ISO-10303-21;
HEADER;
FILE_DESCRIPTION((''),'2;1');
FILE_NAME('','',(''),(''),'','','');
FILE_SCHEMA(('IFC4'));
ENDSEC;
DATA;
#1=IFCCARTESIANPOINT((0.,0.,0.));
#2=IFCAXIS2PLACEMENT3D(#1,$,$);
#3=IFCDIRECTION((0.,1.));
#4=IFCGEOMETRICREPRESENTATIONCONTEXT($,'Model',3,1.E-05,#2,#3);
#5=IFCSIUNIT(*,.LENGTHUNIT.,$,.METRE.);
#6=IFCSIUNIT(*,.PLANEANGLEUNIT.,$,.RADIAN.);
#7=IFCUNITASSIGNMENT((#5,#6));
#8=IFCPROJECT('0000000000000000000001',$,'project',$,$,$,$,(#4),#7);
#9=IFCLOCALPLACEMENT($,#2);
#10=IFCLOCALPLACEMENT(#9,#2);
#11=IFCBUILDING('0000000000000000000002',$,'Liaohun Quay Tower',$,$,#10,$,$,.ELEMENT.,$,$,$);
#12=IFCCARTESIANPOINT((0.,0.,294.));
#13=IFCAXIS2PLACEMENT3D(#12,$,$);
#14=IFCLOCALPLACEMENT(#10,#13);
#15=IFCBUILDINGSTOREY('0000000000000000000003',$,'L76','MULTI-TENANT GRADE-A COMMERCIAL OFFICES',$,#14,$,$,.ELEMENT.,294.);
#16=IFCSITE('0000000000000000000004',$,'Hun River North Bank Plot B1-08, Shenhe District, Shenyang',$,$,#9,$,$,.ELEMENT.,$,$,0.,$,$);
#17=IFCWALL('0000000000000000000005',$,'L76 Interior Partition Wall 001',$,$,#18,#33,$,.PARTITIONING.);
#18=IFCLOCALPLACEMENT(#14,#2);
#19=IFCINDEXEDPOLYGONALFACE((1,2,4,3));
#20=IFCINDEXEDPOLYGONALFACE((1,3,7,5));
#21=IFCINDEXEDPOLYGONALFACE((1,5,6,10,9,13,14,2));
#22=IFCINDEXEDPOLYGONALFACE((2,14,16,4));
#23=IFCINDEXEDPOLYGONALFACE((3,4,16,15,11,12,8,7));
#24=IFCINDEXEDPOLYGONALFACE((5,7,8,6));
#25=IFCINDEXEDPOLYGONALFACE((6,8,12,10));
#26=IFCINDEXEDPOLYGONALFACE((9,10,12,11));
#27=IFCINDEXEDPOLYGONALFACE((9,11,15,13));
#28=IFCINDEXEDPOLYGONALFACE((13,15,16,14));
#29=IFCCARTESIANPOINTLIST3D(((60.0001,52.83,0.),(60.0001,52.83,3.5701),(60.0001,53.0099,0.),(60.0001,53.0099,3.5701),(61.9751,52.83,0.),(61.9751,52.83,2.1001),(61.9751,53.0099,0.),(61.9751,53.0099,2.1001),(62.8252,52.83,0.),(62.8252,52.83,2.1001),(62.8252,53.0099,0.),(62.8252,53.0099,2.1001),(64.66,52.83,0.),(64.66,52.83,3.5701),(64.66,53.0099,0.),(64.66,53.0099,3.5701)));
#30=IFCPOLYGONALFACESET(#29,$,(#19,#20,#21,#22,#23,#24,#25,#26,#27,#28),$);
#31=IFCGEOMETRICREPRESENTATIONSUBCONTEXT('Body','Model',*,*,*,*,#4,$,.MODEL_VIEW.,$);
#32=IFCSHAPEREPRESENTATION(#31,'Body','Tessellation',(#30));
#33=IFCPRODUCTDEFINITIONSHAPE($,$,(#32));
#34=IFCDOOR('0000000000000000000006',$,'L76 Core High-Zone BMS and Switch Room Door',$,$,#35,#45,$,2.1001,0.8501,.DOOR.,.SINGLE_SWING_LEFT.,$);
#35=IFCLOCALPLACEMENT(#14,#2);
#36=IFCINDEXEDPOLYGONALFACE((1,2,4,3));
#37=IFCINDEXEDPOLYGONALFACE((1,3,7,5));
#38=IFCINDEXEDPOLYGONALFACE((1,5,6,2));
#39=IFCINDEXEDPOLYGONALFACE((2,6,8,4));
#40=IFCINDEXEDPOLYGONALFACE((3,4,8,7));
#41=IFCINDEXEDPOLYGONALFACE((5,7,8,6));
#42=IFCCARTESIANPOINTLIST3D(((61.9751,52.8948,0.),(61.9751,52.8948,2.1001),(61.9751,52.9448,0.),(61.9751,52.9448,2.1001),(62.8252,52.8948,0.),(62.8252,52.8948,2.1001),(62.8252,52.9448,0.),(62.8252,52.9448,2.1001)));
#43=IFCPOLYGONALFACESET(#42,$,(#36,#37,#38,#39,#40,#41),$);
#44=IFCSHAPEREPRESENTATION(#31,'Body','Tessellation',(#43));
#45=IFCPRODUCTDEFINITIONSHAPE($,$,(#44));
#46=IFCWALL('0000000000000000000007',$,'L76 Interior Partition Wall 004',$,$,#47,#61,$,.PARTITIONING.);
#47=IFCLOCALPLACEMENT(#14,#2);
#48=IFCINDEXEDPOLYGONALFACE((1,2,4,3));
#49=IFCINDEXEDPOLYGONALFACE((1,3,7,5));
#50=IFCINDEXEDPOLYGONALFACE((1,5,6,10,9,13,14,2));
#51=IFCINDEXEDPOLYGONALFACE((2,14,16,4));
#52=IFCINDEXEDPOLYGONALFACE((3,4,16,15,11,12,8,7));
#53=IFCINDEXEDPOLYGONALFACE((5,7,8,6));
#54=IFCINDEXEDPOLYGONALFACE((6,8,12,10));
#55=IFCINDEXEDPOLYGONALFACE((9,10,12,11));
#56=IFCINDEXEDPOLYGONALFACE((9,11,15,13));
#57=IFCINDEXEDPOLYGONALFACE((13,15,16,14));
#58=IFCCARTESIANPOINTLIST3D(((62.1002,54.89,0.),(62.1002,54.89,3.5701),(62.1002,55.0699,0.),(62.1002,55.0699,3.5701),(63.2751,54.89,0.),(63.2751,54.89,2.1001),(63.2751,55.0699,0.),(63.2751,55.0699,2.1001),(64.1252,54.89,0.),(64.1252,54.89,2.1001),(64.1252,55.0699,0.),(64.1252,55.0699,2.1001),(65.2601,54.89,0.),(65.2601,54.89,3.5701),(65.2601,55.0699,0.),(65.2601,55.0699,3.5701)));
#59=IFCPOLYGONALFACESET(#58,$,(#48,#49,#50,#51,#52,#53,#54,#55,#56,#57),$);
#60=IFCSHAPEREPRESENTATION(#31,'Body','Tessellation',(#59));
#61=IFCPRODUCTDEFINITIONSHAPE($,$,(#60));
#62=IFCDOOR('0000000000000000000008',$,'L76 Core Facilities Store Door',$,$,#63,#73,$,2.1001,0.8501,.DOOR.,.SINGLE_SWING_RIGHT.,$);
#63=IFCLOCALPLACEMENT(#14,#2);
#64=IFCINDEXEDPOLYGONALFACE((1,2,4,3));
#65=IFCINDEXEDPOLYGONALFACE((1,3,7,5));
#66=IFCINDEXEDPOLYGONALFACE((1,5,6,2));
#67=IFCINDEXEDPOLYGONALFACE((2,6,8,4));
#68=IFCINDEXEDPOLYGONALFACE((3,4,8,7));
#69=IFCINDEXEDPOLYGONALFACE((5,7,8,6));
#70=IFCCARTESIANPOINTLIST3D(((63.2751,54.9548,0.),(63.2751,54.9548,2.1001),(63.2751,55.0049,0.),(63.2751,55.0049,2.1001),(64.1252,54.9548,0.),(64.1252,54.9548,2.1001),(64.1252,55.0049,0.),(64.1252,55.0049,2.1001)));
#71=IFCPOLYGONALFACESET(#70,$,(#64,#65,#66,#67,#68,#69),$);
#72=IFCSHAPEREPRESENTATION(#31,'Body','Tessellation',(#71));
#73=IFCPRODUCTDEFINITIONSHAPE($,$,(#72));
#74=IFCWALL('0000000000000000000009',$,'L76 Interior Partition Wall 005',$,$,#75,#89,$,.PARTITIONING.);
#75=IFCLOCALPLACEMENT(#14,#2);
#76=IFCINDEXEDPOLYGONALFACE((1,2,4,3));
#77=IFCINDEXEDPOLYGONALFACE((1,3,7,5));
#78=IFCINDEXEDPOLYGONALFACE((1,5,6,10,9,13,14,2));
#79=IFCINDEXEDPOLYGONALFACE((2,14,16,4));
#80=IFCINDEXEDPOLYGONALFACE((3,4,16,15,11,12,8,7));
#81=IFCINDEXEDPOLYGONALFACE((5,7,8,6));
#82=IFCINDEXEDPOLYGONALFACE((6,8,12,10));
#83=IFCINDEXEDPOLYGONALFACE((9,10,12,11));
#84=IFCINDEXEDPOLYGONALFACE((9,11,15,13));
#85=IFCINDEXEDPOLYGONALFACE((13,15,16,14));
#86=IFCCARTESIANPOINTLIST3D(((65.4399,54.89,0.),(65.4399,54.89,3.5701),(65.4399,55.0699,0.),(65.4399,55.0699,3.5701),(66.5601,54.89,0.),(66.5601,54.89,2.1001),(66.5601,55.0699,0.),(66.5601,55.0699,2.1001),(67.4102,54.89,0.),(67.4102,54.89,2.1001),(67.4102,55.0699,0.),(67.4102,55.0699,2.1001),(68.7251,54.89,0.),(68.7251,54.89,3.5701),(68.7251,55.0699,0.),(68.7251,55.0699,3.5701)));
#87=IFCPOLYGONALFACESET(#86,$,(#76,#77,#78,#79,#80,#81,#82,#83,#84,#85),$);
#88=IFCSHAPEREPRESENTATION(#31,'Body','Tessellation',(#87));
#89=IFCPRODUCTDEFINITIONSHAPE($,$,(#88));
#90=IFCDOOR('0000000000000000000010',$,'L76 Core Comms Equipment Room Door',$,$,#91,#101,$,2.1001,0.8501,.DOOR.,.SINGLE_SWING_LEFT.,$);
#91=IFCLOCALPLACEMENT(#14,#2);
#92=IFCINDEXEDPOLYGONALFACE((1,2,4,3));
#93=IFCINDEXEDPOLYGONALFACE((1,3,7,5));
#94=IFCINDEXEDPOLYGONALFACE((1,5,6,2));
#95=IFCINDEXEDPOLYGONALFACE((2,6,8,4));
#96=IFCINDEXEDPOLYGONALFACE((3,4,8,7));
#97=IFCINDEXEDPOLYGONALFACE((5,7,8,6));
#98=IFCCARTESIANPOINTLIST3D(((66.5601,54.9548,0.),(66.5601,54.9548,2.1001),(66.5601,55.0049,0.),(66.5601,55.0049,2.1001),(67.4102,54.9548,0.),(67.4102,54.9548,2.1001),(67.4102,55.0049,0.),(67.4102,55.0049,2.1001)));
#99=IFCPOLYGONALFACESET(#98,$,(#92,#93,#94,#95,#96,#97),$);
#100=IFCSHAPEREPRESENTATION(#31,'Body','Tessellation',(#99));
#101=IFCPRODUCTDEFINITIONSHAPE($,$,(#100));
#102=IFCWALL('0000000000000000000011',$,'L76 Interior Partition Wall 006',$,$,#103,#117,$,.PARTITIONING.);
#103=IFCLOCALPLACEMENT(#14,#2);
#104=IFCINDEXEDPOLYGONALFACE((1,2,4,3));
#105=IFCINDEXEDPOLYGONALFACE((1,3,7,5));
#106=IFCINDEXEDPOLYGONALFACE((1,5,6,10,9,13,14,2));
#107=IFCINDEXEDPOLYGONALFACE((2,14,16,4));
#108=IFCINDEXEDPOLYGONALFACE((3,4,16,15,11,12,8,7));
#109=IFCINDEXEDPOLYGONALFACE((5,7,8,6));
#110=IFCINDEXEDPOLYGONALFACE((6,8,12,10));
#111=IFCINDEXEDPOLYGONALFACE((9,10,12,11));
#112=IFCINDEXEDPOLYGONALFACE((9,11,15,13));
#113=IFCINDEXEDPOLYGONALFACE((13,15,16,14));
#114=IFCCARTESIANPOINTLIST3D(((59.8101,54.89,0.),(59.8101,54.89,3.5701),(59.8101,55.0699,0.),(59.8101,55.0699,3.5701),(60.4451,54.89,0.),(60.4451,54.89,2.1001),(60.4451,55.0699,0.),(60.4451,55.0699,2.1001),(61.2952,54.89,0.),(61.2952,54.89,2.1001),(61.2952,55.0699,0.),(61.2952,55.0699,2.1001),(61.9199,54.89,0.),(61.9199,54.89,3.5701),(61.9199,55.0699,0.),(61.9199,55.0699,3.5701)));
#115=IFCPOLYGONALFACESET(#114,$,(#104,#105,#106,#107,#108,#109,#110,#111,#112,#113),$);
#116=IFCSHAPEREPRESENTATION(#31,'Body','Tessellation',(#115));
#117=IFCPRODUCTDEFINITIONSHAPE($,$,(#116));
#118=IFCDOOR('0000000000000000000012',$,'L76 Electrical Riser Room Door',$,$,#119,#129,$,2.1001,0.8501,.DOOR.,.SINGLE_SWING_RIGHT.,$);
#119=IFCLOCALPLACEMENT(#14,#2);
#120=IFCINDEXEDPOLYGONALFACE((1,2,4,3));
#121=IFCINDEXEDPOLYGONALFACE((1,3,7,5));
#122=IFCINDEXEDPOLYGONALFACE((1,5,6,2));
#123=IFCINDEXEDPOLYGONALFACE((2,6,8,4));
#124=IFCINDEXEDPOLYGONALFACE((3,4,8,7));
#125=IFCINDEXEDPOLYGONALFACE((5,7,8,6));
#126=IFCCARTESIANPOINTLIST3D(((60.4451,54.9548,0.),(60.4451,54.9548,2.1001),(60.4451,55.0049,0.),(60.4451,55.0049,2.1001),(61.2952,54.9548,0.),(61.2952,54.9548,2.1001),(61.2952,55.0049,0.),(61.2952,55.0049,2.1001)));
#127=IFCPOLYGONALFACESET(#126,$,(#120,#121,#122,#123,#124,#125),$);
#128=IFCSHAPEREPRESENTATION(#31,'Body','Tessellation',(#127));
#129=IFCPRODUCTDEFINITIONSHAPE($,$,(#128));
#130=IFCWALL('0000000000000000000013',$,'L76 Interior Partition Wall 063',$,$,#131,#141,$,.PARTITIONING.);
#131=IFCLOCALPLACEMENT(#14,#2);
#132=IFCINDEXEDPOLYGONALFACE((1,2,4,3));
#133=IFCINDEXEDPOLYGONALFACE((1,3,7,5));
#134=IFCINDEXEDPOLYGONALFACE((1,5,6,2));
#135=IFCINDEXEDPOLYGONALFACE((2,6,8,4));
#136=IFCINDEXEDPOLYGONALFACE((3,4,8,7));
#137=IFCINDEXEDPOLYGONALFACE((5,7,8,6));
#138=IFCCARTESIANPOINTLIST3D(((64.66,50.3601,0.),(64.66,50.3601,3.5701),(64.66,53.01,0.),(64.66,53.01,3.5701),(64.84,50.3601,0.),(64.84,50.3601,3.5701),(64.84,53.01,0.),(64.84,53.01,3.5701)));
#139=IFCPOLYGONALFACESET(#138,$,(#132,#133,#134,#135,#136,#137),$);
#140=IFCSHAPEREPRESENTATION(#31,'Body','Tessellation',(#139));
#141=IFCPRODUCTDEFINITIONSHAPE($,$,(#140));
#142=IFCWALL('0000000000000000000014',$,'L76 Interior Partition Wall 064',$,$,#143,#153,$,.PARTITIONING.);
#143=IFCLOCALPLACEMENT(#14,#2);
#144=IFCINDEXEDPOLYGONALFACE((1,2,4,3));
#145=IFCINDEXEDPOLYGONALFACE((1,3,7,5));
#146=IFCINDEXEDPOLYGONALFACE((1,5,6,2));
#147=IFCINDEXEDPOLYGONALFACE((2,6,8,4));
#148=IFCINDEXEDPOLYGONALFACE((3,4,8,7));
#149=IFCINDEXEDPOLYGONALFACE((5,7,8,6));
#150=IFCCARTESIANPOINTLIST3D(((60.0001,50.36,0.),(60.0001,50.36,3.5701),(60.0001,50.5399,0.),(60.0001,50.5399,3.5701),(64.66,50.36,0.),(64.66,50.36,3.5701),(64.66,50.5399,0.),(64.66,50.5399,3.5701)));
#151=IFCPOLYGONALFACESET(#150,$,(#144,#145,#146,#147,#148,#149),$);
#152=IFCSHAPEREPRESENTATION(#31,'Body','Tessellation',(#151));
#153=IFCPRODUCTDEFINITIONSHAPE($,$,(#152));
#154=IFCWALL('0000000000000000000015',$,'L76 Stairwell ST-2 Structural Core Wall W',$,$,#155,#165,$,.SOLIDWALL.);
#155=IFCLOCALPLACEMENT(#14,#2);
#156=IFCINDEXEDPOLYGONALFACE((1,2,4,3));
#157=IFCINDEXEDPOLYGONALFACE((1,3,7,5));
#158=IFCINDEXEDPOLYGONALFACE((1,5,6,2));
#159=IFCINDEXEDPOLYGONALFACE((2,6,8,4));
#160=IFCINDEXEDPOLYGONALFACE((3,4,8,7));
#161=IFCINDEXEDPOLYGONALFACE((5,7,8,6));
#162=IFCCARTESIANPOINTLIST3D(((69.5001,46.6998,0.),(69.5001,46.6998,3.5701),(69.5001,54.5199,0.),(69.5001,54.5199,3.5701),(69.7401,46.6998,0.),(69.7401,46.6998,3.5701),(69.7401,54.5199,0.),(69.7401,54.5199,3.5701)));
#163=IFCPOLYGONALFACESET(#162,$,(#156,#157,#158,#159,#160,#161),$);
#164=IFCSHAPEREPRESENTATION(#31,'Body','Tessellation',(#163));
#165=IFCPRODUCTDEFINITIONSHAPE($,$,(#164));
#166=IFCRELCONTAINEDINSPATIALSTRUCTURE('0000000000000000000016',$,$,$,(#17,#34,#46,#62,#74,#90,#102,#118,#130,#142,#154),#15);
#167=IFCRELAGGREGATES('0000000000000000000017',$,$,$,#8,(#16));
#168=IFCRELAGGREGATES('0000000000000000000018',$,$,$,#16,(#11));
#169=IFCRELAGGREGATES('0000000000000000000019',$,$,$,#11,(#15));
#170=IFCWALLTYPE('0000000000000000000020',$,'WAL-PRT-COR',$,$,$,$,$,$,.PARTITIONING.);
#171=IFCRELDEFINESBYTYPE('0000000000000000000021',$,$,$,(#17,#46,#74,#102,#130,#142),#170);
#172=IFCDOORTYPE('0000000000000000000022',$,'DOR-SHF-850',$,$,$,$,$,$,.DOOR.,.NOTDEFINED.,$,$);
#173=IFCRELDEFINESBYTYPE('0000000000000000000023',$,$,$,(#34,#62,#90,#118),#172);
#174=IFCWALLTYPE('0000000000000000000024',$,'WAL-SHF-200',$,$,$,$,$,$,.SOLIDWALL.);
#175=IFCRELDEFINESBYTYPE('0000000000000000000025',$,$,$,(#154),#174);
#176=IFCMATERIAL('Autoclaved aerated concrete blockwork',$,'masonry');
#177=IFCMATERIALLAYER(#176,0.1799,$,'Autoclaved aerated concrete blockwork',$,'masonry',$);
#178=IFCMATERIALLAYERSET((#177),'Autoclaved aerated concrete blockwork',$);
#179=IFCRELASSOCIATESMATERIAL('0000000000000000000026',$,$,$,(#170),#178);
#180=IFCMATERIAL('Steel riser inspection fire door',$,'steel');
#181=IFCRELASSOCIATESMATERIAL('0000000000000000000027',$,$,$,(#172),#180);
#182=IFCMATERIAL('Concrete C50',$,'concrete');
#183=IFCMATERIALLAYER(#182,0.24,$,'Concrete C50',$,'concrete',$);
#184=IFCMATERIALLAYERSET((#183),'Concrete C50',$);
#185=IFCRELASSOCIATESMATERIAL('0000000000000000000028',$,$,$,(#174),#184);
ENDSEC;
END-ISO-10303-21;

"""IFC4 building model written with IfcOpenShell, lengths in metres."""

from ifc_helpers import new_model, si_unit, direction, frame, frame_2d, origin, place, context, subcontext, project, spatial, rectangle, extrude, source, transform, mapped, material, layer, layer_set, type_object, element, fill, save


model = new_model("IFC4")

# Units and contexts
model_context = context("Model", 3, precision=1e-05, world=origin(), true_north=direction((0.0, 1.0)))
body_context = subcontext(model_context, "Body", "Model", "MODEL_VIEW")
ifc_project = project(units=[si_unit("LENGTHUNIT", "METRE"), si_unit("PLANEANGLEUNIT", "RADIAN")], contexts=[model_context])

# Site, building, storey
site_placement = place(None, origin())
site = spatial("IfcSite", under=ifc_project, at=site_placement, Name="Hun River North Bank Plot B1-08, Shenhe District, Shenyang", CompositionType="ELEMENT", RefElevation=0.0)
building_placement = place(site_placement, origin())
building = spatial("IfcBuilding", under=site, at=building_placement, Name="Liaohun Quay Tower", CompositionType="ELEMENT")
storey_placement = place(building_placement, frame((0.0, 0.0, 294.0)))
storey = spatial("IfcBuildingStorey", under=building, at=storey_placement, Name="L76", Description="MULTI-TENANT GRADE-A COMMERCIAL OFFICES", CompositionType="ELEMENT", Elevation=294.0)

# Walls, openings, doors
ifc_material_1 = material(Name="Autoclaved aerated concrete blockwork", Category="masonry")
ifc_layer_1 = layer(ifc_material_1, 0.1799, Name="Autoclaved aerated concrete blockwork", Category="masonry")
ifc_layer_set_1 = layer_set([ifc_layer_1], Name="Autoclaved aerated concrete blockwork")
wall_type_1 = type_object("IfcWallType", Name="WAL-PRT-COR", PredefinedType="PARTITIONING", material=ifc_layer_set_1)
wall_1_placement = place(storey_placement, frame((60.0, 52.9199, 0.0), z_axis=(0.0, 0.0, 1.0), x_axis=(1.0, 0.0, 0.0)))
wall_1 = element("IfcWall", 1, at=wall_1_placement, inside=storey, type_object=wall_type_1, Name="L76 Interior Partition Wall 001", PredefinedType="PARTITIONING", context=body_context, shape_type="SweptSolid", body=[
    extrude(rectangle(XDim=4.6599, YDim=0.1799, at=frame_2d((2.3301, 0.0))), origin(), (0.0, 0.0, 1.0), 3.5701),
])
shared_shape_1 = source(origin(), body_context, "Body", "SweptSolid", [
    extrude(rectangle(XDim=0.8501, YDim=2.1001, at=frame_2d((0.425, 1.05))), frame((0.0, 0.0999, 0.0), z_axis=(0.0, -1.0, 0.0), x_axis=(1.0, 0.0, 0.0)), (0.0, 0.0, 1.0), 0.2),
])
opening_1_placement = place(wall_1_placement, frame((1.9751, 0.0, 0.0)))
opening_1 = element("IfcOpeningElement", 2, at=opening_1_placement, cuts=wall_1, PredefinedType="OPENING", context=body_context, shape_type="MappedRepresentation", body=[
    mapped(shared_shape_1, transform((0.0, 0.0, 0.0), x_axis=(1.0, 0.0, 0.0), y_axis=(0.0, 1.0, 0.0), z_axis=(0.0, 0.0, 1.0), scale=1.0)),
])
ifc_material_2 = material(Name="Steel riser inspection fire door", Category="steel")
door_type_1 = type_object("IfcDoorType", Name="DOR-SHF-850", OperationType="NOTDEFINED", PredefinedType="DOOR", material=ifc_material_2)
shared_shape_2 = source(origin(), body_context, "Body", "SweptSolid", [
    extrude(rectangle(XDim=0.8501, YDim=2.1001, at=frame_2d((0.425, 1.05))), frame((0.0, 0.0249, 0.0), z_axis=(0.0, -1.0, 0.0), x_axis=(1.0, 0.0, 0.0)), (0.0, 0.0, 1.0), 0.05),
])
door_1_placement = place(opening_1_placement, origin())
door_1 = element("IfcDoor", 3, at=door_1_placement, inside=storey, type_object=door_type_1, Name="L76 Core High-Zone BMS and Switch Room Door", OperationType="SINGLE_SWING_LEFT", OverallHeight=2.1001, OverallWidth=0.8501, PredefinedType="DOOR", context=body_context, shape_type="MappedRepresentation", body=[
    mapped(shared_shape_2, transform((0.0, 0.0, 0.0), x_axis=(1.0, 0.0, 0.0), y_axis=(0.0, 1.0, 0.0), z_axis=(0.0, 0.0, 1.0), scale=1.0)),
])
fill(opening_1, door_1)
wall_2_placement = place(storey_placement, frame((62.1001, 54.98, 0.0), z_axis=(0.0, 0.0, 1.0), x_axis=(1.0, 0.0, 0.0)))
wall_2 = element("IfcWall", 4, at=wall_2_placement, inside=storey, type_object=wall_type_1, Name="L76 Interior Partition Wall 004", PredefinedType="PARTITIONING", context=body_context, shape_type="SweptSolid", body=[
    extrude(rectangle(XDim=3.1599, YDim=0.1799, at=frame_2d((1.5801, 0.0))), origin(), (0.0, 0.0, 1.0), 3.5701),
])
opening_2_placement = place(wall_2_placement, frame((1.175, 0.0, 0.0)))
opening_2 = element("IfcOpeningElement", 5, at=opening_2_placement, cuts=wall_2, PredefinedType="OPENING", context=body_context, shape_type="MappedRepresentation", body=[
    mapped(shared_shape_1, transform((0.0, 0.0, 0.0), x_axis=(1.0, 0.0, 0.0), y_axis=(0.0, 1.0, 0.0), z_axis=(0.0, 0.0, 1.0), scale=1.0)),
])
door_2_placement = place(opening_2_placement, origin())
door_2 = element("IfcDoor", 6, at=door_2_placement, inside=storey, type_object=door_type_1, Name="L76 Core Facilities Store Door", OperationType="SINGLE_SWING_RIGHT", OverallHeight=2.1001, OverallWidth=0.8501, PredefinedType="DOOR", context=body_context, shape_type="MappedRepresentation", body=[
    mapped(shared_shape_2, transform((0.0, 0.0, 0.0), x_axis=(1.0, 0.0, 0.0), y_axis=(0.0, 1.0, 0.0), z_axis=(0.0, 0.0, 1.0), scale=1.0)),
])
fill(opening_2, door_2)
wall_3_placement = place(storey_placement, frame((65.4399, 54.98, 0.0), z_axis=(0.0, 0.0, 1.0), x_axis=(1.0, 0.0, 0.0)))
wall_3 = element("IfcWall", 7, at=wall_3_placement, inside=storey, type_object=wall_type_1, Name="L76 Interior Partition Wall 005", PredefinedType="PARTITIONING", context=body_context, shape_type="SweptSolid", body=[
    extrude(rectangle(XDim=3.2852, YDim=0.1799, at=frame_2d((1.6426, 0.0))), origin(), (0.0, 0.0, 1.0), 3.5701),
])
opening_3_placement = place(wall_3_placement, frame((1.1201, 0.0, 0.0)))
opening_3 = element("IfcOpeningElement", 8, at=opening_3_placement, cuts=wall_3, PredefinedType="OPENING", context=body_context, shape_type="MappedRepresentation", body=[
    mapped(shared_shape_1, transform((0.0, 0.0, 0.0), x_axis=(1.0, 0.0, 0.0), y_axis=(0.0, 1.0, 0.0), z_axis=(0.0, 0.0, 1.0), scale=1.0)),
])
door_3_placement = place(opening_3_placement, origin())
door_3 = element("IfcDoor", 9, at=door_3_placement, inside=storey, type_object=door_type_1, Name="L76 Core Comms Equipment Room Door", OperationType="SINGLE_SWING_LEFT", OverallHeight=2.1001, OverallWidth=0.8501, PredefinedType="DOOR", context=body_context, shape_type="MappedRepresentation", body=[
    mapped(shared_shape_2, transform((0.0, 0.0, 0.0), x_axis=(1.0, 0.0, 0.0), y_axis=(0.0, 1.0, 0.0), z_axis=(0.0, 0.0, 1.0), scale=1.0)),
])
fill(opening_3, door_3)
wall_4_placement = place(storey_placement, frame((59.8101, 54.98, 0.0), z_axis=(0.0, 0.0, 1.0), x_axis=(1.0, 0.0, 0.0)))
wall_4 = element("IfcWall", 10, at=wall_4_placement, inside=storey, type_object=wall_type_1, Name="L76 Interior Partition Wall 006", PredefinedType="PARTITIONING", context=body_context, shape_type="SweptSolid", body=[
    extrude(rectangle(XDim=2.1099, YDim=0.1799, at=frame_2d((1.0549, 0.0))), origin(), (0.0, 0.0, 1.0), 3.5701),
])
opening_4_placement = place(wall_4_placement, frame((0.635, 0.0, 0.0)))
opening_4 = element("IfcOpeningElement", 11, at=opening_4_placement, cuts=wall_4, PredefinedType="OPENING", context=body_context, shape_type="MappedRepresentation", body=[
    mapped(shared_shape_1, transform((0.0, 0.0, 0.0), x_axis=(1.0, 0.0, 0.0), y_axis=(0.0, 1.0, 0.0), z_axis=(0.0, 0.0, 1.0), scale=1.0)),
])
door_4_placement = place(opening_4_placement, origin())
door_4 = element("IfcDoor", 12, at=door_4_placement, inside=storey, type_object=door_type_1, Name="L76 Electrical Riser Room Door", OperationType="SINGLE_SWING_RIGHT", OverallHeight=2.1001, OverallWidth=0.8501, PredefinedType="DOOR", context=body_context, shape_type="MappedRepresentation", body=[
    mapped(shared_shape_2, transform((0.0, 0.0, 0.0), x_axis=(1.0, 0.0, 0.0), y_axis=(0.0, 1.0, 0.0), z_axis=(0.0, 0.0, 1.0), scale=1.0)),
])
fill(opening_4, door_4)

# Walls
wall_5_placement = place(storey_placement, frame((64.75, 50.3601, 0.0), z_axis=(0.0, 0.0, 1.0), x_axis=(0.0, 1.0, 0.0)))
element("IfcWall", 13, at=wall_5_placement, inside=storey, type_object=wall_type_1, Name="L76 Interior Partition Wall 063", PredefinedType="PARTITIONING", context=body_context, shape_type="SweptSolid", body=[
    extrude(rectangle(XDim=2.6499, YDim=0.1799, at=frame_2d((1.325, 0.0))), origin(), (0.0, 0.0, 1.0), 3.5701),
])
wall_6_placement = place(storey_placement, frame((60.0, 50.45, 0.0), z_axis=(0.0, 0.0, 1.0), x_axis=(1.0, 0.0, 0.0)))
element("IfcWall", 14, at=wall_6_placement, inside=storey, type_object=wall_type_1, Name="L76 Interior Partition Wall 064", PredefinedType="PARTITIONING", context=body_context, shape_type="SweptSolid", body=[
    extrude(rectangle(XDim=4.6599, YDim=0.1799, at=frame_2d((2.3301, 0.0))), origin(), (0.0, 0.0, 1.0), 3.5701),
])
ifc_material_3 = material(Name="Concrete C50", Category="concrete")
ifc_layer_2 = layer(ifc_material_3, 0.24, Name="Concrete C50", Category="concrete")
ifc_layer_set_2 = layer_set([ifc_layer_2], Name="Concrete C50")
wall_type_2 = type_object("IfcWallType", Name="WAL-SHF-200", PredefinedType="SOLIDWALL", material=ifc_layer_set_2)
wall_7_placement = place(storey_placement, frame((69.6201, 54.52, 0.0), z_axis=(0.0, 0.0, 1.0), x_axis=(0.0, -1.0, 0.0)))
element("IfcWall", 15, at=wall_7_placement, inside=storey, type_object=wall_type_2, Name="L76 Stairwell ST-2 Structural Core Wall W", PredefinedType="SOLIDWALL", context=body_context, shape_type="SweptSolid", body=[
    extrude(rectangle(XDim=7.8201, YDim=0.24, at=frame_2d((3.9102, 0.0))), origin(), (0.0, 0.0, 1.0), 3.5701),
])

save(model, "model.ifc")
